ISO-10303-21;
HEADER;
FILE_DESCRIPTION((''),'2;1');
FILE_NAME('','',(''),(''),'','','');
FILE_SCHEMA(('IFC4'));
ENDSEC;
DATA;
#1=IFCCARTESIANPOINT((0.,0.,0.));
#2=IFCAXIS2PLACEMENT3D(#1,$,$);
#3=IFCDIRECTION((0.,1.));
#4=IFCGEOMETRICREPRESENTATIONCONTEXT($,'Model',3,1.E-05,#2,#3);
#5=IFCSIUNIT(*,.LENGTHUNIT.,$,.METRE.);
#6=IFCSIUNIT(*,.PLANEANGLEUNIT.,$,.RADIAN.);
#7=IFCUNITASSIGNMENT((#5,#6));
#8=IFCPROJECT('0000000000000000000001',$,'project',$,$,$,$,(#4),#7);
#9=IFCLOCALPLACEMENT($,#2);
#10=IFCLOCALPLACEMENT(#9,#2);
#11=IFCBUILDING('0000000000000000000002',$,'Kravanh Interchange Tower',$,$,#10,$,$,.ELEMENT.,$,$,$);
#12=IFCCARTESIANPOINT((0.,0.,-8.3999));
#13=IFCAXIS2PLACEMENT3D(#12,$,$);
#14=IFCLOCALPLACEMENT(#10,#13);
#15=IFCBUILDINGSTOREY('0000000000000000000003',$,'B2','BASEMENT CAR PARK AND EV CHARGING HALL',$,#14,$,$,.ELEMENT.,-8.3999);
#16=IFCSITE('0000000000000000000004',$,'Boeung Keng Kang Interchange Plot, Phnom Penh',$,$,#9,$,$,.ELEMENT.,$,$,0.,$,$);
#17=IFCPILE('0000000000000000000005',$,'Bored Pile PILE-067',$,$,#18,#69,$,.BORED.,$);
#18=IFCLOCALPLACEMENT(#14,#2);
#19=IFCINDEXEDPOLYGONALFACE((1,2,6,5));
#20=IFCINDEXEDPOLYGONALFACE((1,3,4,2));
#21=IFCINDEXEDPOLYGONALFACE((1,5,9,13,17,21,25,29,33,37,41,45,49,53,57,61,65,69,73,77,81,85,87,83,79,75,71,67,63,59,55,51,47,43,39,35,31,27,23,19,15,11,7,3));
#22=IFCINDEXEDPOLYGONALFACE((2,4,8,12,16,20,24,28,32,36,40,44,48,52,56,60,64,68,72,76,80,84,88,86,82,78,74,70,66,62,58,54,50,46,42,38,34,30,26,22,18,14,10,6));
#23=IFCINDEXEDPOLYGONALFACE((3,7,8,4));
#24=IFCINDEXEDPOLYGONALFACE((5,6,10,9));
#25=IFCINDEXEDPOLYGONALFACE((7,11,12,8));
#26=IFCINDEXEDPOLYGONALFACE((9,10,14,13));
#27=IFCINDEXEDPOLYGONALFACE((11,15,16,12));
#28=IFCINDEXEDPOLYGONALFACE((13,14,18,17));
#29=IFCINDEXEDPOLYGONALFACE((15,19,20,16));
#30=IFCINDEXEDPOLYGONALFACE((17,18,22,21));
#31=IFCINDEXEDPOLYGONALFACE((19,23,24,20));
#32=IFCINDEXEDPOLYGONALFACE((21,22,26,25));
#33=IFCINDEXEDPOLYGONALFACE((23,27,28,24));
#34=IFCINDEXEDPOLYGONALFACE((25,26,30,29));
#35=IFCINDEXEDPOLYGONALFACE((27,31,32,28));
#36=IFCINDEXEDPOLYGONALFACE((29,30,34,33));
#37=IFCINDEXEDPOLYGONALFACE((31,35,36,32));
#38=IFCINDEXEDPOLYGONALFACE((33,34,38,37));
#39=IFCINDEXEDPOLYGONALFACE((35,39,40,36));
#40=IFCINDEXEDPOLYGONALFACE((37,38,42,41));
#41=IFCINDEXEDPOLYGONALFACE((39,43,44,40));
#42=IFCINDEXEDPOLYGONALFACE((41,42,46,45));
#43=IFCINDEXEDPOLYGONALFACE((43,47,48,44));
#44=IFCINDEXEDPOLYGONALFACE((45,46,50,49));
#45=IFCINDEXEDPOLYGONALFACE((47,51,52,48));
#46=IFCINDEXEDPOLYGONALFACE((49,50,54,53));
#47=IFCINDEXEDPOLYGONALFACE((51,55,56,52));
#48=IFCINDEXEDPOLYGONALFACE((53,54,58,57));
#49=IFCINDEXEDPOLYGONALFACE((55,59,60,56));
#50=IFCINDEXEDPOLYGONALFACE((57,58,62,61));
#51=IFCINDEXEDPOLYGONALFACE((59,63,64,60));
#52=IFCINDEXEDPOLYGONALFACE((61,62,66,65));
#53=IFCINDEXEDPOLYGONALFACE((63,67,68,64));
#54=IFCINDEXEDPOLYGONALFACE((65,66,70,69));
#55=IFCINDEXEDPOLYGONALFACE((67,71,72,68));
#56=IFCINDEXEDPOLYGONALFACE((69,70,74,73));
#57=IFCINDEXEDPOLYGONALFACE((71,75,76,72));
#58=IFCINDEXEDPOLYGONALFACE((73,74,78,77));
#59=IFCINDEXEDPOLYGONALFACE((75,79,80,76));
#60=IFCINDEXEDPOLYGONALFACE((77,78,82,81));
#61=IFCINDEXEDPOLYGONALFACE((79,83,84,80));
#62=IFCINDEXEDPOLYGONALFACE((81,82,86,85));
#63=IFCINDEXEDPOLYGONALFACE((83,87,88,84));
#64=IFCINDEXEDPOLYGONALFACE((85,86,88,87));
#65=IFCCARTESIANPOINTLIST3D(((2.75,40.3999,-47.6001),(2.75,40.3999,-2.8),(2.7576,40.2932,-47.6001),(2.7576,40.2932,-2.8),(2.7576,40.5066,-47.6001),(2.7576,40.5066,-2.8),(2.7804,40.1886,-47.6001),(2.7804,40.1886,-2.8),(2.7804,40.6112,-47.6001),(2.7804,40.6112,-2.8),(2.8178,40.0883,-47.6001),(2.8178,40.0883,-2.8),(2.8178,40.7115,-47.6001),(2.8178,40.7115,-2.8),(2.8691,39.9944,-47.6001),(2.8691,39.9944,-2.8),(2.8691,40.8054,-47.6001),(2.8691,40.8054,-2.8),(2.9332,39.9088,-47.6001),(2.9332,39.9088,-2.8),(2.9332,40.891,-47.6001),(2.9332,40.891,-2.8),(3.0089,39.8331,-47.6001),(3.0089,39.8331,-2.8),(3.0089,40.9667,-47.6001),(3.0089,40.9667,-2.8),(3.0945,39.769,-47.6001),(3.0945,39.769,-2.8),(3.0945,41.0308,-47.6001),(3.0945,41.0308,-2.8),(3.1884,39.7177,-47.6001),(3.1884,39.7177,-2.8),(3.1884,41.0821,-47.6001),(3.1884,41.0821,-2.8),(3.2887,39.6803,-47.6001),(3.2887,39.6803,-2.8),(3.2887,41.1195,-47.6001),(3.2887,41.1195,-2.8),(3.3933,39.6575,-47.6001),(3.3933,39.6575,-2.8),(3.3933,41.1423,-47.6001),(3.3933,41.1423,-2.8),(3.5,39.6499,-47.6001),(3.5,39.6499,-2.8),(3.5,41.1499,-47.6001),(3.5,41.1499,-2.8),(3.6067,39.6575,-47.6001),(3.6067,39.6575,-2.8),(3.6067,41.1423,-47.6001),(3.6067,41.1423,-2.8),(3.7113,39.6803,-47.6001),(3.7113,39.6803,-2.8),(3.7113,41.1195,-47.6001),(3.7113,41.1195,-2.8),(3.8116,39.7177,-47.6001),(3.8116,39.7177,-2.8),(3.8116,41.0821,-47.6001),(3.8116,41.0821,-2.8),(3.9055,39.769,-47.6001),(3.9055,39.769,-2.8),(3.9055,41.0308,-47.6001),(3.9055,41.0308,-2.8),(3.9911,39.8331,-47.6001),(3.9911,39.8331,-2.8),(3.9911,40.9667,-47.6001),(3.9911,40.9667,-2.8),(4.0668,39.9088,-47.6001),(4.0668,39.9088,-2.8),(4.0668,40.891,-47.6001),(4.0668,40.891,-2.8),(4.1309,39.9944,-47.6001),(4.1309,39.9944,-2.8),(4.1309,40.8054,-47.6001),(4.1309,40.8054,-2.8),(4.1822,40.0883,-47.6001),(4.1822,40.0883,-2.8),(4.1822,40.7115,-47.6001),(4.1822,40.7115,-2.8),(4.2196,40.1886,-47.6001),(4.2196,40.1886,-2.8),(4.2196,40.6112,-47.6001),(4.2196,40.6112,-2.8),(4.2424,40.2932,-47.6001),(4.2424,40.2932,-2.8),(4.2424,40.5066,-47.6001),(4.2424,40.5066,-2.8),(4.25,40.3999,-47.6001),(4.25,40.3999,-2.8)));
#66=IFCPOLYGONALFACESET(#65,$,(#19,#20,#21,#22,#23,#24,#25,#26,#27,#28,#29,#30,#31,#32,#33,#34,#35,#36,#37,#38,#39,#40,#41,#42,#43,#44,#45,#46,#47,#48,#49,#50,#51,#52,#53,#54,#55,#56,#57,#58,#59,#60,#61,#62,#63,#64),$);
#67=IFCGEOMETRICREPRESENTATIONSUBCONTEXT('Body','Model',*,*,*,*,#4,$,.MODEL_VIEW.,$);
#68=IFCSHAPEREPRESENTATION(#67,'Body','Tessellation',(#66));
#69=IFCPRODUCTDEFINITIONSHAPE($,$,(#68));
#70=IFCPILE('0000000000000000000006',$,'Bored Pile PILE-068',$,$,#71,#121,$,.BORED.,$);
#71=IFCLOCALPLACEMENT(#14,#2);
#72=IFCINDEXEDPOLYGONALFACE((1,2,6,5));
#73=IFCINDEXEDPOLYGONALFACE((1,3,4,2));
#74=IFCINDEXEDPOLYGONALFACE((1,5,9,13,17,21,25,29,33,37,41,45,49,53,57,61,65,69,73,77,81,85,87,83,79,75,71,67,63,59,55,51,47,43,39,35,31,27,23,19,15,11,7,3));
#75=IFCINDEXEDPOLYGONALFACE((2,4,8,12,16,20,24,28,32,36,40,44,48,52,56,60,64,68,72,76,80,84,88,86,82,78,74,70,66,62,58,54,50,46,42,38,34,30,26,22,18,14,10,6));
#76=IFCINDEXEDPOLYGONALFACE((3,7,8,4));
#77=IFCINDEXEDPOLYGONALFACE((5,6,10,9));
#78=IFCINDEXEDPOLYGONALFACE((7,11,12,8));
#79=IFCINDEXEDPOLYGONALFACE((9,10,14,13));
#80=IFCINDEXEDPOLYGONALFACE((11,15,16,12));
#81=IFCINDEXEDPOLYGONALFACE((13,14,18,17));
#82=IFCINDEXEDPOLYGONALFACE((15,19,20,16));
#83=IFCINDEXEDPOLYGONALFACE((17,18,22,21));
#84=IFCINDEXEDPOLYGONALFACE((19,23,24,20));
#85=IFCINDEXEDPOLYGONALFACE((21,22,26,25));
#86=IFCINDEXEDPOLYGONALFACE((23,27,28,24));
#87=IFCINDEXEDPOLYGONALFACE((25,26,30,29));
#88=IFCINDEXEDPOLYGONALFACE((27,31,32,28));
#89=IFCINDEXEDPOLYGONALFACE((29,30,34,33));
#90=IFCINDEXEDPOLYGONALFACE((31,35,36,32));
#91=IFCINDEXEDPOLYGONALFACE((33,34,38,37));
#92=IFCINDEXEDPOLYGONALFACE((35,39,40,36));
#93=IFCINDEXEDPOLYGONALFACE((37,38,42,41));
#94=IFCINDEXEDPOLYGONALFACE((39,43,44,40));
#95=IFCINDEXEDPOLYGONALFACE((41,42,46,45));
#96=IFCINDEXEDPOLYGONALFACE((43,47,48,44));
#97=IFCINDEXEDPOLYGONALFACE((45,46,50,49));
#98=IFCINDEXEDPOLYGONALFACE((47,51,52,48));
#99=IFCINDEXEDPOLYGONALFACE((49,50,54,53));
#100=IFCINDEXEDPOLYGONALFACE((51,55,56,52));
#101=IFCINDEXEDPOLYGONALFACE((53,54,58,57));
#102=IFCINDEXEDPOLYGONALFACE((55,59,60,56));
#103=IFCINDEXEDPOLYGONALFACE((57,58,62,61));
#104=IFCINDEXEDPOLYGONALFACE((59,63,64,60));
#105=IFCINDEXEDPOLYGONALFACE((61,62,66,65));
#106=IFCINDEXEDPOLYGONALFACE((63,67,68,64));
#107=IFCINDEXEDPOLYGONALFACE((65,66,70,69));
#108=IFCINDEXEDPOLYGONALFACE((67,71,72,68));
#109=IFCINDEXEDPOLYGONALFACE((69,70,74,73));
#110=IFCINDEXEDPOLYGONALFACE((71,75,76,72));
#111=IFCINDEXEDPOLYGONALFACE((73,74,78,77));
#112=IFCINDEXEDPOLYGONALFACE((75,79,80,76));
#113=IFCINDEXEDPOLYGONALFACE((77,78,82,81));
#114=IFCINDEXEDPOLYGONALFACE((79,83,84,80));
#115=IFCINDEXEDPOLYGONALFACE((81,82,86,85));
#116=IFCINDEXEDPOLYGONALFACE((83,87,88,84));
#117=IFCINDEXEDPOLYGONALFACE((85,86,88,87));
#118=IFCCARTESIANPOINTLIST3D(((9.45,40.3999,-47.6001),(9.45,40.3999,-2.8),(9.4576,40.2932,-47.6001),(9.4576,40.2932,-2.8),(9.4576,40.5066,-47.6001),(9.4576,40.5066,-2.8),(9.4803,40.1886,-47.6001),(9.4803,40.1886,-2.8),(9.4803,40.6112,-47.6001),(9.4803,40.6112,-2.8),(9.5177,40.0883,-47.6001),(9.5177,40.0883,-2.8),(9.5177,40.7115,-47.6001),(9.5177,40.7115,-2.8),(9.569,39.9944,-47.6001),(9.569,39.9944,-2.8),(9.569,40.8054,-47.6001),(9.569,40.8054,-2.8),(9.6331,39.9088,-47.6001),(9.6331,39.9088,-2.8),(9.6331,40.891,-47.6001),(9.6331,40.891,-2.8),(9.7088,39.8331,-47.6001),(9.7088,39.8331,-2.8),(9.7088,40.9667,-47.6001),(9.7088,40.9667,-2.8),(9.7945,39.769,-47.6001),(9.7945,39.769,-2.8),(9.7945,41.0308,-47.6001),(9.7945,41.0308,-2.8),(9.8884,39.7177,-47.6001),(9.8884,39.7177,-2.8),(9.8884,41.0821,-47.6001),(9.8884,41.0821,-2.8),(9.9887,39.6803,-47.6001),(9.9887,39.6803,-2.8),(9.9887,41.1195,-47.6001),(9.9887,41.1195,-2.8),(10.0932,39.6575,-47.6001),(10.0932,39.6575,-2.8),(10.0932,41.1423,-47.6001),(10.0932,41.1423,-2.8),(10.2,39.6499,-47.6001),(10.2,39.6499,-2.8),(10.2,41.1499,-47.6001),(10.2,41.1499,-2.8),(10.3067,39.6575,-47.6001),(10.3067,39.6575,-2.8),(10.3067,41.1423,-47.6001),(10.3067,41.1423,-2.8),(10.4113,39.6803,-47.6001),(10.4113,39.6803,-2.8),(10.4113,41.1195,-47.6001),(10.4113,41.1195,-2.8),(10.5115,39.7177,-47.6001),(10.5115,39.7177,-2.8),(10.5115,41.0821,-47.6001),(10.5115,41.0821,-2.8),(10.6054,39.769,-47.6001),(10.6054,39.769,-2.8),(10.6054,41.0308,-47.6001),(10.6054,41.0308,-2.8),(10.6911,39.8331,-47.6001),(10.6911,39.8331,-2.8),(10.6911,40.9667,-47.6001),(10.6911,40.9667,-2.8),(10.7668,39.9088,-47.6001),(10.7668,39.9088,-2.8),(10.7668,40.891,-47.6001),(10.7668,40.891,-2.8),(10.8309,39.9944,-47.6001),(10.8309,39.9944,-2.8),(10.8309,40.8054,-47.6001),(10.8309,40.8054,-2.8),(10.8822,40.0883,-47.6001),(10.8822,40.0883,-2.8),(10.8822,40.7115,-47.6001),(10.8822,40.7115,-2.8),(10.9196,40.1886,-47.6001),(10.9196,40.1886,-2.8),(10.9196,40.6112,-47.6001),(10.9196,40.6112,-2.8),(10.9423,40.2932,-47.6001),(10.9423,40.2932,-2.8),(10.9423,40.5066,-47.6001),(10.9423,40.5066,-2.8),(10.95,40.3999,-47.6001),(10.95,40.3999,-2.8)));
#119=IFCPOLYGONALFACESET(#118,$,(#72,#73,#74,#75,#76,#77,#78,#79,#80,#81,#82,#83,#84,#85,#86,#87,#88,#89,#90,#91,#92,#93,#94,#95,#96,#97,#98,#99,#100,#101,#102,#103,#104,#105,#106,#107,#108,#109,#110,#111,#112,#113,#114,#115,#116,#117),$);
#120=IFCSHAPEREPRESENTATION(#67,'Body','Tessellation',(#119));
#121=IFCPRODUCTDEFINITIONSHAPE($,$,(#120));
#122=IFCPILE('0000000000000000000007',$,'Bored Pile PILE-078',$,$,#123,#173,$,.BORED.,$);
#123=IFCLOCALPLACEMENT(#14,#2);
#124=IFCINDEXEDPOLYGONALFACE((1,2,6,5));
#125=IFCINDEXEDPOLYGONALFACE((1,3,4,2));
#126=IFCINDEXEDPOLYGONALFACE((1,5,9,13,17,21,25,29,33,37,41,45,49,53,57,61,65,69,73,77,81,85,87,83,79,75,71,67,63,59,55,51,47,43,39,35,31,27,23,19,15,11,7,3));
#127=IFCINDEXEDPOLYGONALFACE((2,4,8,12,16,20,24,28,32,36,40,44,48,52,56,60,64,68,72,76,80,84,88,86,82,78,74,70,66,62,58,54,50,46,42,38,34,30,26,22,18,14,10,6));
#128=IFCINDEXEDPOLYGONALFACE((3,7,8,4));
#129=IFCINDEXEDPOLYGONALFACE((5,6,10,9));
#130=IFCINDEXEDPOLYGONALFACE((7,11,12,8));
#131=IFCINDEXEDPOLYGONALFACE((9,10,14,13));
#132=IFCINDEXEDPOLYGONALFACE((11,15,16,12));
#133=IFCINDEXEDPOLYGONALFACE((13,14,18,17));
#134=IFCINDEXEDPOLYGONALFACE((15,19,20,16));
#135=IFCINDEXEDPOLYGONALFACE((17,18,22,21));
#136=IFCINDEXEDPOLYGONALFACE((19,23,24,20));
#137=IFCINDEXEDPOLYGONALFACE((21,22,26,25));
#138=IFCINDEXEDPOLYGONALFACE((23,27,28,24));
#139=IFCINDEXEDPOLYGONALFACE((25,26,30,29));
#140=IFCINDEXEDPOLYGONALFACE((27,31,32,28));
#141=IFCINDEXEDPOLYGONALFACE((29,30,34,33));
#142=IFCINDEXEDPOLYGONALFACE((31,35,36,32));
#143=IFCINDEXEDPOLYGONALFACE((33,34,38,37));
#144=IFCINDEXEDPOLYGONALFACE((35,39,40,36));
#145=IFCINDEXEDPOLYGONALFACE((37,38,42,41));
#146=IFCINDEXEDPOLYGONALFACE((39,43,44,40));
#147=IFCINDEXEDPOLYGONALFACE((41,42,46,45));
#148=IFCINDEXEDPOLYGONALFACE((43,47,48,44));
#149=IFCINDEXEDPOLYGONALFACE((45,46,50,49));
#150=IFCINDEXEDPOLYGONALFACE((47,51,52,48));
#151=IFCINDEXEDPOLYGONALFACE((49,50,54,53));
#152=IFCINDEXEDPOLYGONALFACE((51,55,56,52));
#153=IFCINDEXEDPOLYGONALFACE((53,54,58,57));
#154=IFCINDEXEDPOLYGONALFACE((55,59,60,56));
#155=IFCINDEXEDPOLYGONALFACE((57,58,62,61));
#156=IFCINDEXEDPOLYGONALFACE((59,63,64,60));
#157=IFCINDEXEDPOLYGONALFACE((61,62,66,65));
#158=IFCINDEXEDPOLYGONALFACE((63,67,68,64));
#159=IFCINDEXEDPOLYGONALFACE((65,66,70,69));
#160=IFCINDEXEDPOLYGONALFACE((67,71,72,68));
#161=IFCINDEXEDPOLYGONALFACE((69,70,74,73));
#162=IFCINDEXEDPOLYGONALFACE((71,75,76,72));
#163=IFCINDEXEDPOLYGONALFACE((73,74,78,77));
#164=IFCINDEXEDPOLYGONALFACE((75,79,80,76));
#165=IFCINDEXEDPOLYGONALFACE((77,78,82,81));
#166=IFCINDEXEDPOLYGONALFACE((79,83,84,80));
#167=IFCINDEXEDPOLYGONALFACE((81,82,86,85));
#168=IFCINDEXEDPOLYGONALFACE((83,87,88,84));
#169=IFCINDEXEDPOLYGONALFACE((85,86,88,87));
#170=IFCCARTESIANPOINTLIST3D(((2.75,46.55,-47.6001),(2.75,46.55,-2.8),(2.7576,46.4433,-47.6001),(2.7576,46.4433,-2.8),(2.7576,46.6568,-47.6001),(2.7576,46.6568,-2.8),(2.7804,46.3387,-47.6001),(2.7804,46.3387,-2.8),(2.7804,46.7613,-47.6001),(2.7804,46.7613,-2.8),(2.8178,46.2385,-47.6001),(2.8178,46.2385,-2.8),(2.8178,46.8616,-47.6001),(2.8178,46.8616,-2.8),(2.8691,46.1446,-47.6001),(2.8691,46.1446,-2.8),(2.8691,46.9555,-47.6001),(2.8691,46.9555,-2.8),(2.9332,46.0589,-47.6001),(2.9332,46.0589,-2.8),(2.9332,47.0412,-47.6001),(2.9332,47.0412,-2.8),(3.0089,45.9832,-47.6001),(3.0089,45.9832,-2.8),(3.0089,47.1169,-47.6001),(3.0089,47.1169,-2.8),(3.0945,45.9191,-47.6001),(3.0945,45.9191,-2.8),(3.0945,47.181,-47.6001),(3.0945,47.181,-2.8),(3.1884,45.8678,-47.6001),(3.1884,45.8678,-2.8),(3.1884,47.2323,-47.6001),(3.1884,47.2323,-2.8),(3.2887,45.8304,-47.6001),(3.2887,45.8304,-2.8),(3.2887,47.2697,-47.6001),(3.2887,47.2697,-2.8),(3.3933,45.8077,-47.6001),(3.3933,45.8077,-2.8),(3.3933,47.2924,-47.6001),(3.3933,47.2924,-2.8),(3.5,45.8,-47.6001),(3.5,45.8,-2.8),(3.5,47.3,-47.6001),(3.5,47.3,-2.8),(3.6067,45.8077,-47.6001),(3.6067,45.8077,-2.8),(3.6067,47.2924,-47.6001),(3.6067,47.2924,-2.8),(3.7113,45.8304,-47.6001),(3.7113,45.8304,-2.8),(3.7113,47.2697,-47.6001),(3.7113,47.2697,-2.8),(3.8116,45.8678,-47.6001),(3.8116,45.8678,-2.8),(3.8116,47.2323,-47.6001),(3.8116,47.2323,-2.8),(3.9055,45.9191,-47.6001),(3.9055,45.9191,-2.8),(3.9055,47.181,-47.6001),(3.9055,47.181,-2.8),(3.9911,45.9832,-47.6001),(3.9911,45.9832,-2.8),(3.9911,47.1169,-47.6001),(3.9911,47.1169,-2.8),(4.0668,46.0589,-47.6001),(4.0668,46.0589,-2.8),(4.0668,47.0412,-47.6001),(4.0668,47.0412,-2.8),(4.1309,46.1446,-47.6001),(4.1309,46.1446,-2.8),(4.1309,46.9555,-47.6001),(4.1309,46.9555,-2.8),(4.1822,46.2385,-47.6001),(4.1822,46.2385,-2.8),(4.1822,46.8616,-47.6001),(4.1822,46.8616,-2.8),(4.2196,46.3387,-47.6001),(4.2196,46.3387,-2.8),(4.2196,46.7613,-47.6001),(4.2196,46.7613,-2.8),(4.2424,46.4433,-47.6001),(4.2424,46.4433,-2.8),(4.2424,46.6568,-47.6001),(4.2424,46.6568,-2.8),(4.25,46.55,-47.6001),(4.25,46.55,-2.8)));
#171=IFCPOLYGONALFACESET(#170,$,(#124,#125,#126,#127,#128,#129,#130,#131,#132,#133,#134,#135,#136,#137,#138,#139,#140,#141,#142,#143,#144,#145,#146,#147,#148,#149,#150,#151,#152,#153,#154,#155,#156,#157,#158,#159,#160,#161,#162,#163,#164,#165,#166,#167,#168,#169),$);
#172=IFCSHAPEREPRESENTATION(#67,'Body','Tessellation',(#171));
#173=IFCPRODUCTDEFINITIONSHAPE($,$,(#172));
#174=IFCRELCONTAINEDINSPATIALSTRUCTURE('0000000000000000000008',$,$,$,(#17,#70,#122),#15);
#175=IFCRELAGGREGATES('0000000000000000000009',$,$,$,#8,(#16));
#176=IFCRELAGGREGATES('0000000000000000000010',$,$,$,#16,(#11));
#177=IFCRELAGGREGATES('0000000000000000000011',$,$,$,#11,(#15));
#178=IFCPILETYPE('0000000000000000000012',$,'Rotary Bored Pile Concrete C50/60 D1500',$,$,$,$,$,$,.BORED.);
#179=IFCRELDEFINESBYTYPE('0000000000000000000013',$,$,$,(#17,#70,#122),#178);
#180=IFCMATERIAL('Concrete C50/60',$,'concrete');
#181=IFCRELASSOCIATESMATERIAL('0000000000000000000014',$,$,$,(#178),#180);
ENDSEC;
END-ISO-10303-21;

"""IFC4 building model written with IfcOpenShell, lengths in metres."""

from ifc_helpers import new_model, si_unit, direction, frame, origin, origin_2d, place, context, subcontext, project, spatial, circle, extrude, material, material_profile, profile_set, type_object, element, save


model = new_model("IFC4")

# Units and contexts
model_context = context("Model", 3, precision=1e-05, world=origin(), true_north=direction((0.0, 1.0)))
body_context = subcontext(model_context, "Body", "Model", "MODEL_VIEW")
ifc_project = project(units=[si_unit("LENGTHUNIT", "METRE"), si_unit("PLANEANGLEUNIT", "RADIAN")], contexts=[model_context])

# Site, building, storey
site_placement = place(None, origin())
site = spatial("IfcSite", under=ifc_project, at=site_placement, Name="Boeung Keng Kang Interchange Plot, Phnom Penh", CompositionType="ELEMENT", RefElevation=0.0)
building_placement = place(site_placement, origin())
building = spatial("IfcBuilding", under=site, at=building_placement, Name="Kravanh Interchange Tower", CompositionType="ELEMENT")
storey_placement = place(building_placement, frame((0.0, 0.0, -8.3999)))
storey = spatial("IfcBuildingStorey", under=building, at=storey_placement, Name="B2", Description="BASEMENT CAR PARK AND EV CHARGING HALL", CompositionType="ELEMENT", Elevation=-8.3999)

# Piles
ifc_material_1 = material(Name="Concrete C50/60", Category="concrete")
ifc_material_profile_1 = material_profile(ifc_material_1, circle(Radius=0.75, at=origin_2d()), Name="PILE-D1500")
ifc_profile_set_1 = profile_set([ifc_material_profile_1], Name="Concrete C50/60")
pile_type_1 = type_object("IfcPileType", Name="Rotary Bored Pile Concrete C50/60 D1500", PredefinedType="BORED", material=ifc_profile_set_1)
for number, where, z_axis, x_axis, name in (
    (1, (3.5, 40.3999, -2.8), (0.0, 0.0, -1.0), (1.0, 0.0, 0.0), "Bored Pile PILE-067"),
    (2, (10.2, 40.3999, -2.8), (0.0, 0.0, -1.0), (1.0, 0.0, 0.0), "Bored Pile PILE-068"),
    (3, (3.5, 46.55, -2.8), (0.0, 0.0, -1.0), (1.0, 0.0, 0.0), "Bored Pile PILE-078"),
):
    element("IfcPile", number, at=place(storey_placement, frame(where, z_axis=z_axis, x_axis=x_axis)), inside=storey, type_object=pile_type_1, Name=name, PredefinedType="BORED", context=body_context, shape_type="SweptSolid", body=[
        extrude(circle(Radius=0.75, at=origin_2d()), origin(), (0.0, 0.0, 1.0), 44.8),
    ])

save(model, "model.ifc")
